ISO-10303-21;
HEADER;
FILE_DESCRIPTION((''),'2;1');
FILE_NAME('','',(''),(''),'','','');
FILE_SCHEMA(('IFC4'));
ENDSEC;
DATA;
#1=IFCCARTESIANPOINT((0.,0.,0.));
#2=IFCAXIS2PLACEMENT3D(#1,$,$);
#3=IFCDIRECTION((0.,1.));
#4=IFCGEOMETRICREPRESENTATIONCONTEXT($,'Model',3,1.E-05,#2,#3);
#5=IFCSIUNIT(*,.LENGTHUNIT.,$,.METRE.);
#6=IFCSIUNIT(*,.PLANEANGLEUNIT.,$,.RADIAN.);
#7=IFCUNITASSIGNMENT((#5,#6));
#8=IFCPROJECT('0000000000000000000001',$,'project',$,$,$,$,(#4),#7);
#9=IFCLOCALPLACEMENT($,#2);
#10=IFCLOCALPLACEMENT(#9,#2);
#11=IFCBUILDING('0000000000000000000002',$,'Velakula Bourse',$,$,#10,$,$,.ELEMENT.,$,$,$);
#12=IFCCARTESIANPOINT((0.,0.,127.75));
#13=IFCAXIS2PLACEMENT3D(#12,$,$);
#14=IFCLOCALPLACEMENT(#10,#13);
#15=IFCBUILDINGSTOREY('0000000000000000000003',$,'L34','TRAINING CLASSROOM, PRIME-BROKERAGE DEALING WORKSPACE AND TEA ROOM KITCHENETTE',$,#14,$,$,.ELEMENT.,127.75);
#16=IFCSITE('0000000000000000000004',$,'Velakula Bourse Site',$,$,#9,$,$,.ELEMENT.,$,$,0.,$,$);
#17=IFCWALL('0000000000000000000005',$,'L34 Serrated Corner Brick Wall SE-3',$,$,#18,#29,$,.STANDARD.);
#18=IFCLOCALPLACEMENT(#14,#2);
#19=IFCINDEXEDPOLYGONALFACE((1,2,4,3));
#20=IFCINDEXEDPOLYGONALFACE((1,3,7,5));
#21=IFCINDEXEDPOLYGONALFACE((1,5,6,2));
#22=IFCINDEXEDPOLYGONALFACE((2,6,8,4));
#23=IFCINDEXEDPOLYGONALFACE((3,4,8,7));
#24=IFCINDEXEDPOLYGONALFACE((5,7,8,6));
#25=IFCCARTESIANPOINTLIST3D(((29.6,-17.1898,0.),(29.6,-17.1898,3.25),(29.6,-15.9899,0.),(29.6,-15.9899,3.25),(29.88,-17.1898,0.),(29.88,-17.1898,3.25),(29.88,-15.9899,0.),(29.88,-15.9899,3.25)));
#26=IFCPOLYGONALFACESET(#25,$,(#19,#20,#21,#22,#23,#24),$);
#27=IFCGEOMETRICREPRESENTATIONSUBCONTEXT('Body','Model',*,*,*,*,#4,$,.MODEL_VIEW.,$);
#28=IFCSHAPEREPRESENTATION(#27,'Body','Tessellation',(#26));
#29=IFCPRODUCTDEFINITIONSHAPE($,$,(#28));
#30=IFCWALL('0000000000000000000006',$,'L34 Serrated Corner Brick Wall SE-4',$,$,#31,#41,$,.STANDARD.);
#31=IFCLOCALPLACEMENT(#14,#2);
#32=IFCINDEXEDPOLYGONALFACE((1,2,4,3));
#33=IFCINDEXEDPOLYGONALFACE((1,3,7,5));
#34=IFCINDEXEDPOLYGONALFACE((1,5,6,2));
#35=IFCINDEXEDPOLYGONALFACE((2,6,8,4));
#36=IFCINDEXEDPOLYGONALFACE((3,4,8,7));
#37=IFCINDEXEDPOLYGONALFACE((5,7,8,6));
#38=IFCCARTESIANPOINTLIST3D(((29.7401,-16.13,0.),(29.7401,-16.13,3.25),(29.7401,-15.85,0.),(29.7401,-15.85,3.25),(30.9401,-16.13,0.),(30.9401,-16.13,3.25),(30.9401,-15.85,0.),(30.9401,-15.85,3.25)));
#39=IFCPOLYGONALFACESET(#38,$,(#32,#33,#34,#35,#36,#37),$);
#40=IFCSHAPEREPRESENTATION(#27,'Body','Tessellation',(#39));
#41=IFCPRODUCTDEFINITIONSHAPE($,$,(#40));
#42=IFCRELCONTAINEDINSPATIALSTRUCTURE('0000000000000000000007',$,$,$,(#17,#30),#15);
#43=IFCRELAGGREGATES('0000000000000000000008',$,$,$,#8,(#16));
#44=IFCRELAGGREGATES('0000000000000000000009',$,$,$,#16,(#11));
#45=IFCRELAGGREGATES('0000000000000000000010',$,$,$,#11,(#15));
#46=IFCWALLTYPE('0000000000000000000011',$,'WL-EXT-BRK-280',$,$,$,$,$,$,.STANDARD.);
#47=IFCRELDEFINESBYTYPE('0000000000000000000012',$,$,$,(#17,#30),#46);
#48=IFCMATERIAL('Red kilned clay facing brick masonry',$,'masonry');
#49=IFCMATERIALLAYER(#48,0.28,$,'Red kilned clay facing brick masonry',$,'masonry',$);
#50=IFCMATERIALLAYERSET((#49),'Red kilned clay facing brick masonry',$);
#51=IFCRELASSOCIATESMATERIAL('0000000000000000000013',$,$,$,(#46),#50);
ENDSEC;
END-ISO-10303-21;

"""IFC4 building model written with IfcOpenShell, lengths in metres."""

from ifc_helpers import new_model, si_unit, direction, frame, frame_2d, origin, place, context, subcontext, project, spatial, rectangle, extrude, material, layer, layer_set, type_object, element, save


model = new_model("IFC4")

# Units and contexts
model_context = context("Model", 3, precision=1e-05, world=origin(), true_north=direction((0.0, 1.0)))
body_context = subcontext(model_context, "Body", "Model", "MODEL_VIEW")
ifc_project = project(units=[si_unit("LENGTHUNIT", "METRE"), si_unit("PLANEANGLEUNIT", "RADIAN")], contexts=[model_context])

# Site, building, storey
site_placement = place(None, origin())
site = spatial("IfcSite", under=ifc_project, at=site_placement, Name="Velakula Bourse Site", CompositionType="ELEMENT", RefElevation=0.0)
building_placement = place(site_placement, origin())
building = spatial("IfcBuilding", under=site, at=building_placement, Name="Velakula Bourse", CompositionType="ELEMENT")
storey_placement = place(building_placement, frame((0.0, 0.0, 127.75)))
storey = spatial("IfcBuildingStorey", under=building, at=storey_placement, Name="L34", Description="TRAINING CLASSROOM, PRIME-BROKERAGE DEALING WORKSPACE AND TEA ROOM KITCHENETTE", CompositionType="ELEMENT", Elevation=127.75)

# Shared definitions
ifc_material_1 = material(Name="Red kilned clay facing brick masonry", Category="masonry")
ifc_layer = layer(ifc_material_1, 0.28, Name="Red kilned clay facing brick masonry", Category="masonry")
ifc_layer_set = layer_set([ifc_layer], Name="Red kilned clay facing brick masonry")
wall_type = type_object("IfcWallType", Name="WL-EXT-BRK-280", PredefinedType="STANDARD", material=ifc_layer_set)

# Walls
for number, where, z_axis, x_axis, name in (
    (1, (29.74, -17.1899, 0.0), (0.0, 0.0, 1.0), (0.0, 1.0, 0.0), "L34 Serrated Corner Brick Wall SE-3"),
    (2, (29.74, -15.99, 0.0), (0.0, 0.0, 1.0), (1.0, 0.0, 0.0), "L34 Serrated Corner Brick Wall SE-4"),
):
    element("IfcWall", number, at=place(storey_placement, frame(where, z_axis=z_axis, x_axis=x_axis)), inside=storey, type_object=wall_type, Name=name, PredefinedType="STANDARD", context=body_context, shape_type="SweptSolid", body=[
        extrude(rectangle(XDim=1.2, YDim=0.28, at=frame_2d((0.6001, 0.0))), origin(), (0.0, 0.0, 1.0), 3.25),
    ])

save(model, "model.ifc")
